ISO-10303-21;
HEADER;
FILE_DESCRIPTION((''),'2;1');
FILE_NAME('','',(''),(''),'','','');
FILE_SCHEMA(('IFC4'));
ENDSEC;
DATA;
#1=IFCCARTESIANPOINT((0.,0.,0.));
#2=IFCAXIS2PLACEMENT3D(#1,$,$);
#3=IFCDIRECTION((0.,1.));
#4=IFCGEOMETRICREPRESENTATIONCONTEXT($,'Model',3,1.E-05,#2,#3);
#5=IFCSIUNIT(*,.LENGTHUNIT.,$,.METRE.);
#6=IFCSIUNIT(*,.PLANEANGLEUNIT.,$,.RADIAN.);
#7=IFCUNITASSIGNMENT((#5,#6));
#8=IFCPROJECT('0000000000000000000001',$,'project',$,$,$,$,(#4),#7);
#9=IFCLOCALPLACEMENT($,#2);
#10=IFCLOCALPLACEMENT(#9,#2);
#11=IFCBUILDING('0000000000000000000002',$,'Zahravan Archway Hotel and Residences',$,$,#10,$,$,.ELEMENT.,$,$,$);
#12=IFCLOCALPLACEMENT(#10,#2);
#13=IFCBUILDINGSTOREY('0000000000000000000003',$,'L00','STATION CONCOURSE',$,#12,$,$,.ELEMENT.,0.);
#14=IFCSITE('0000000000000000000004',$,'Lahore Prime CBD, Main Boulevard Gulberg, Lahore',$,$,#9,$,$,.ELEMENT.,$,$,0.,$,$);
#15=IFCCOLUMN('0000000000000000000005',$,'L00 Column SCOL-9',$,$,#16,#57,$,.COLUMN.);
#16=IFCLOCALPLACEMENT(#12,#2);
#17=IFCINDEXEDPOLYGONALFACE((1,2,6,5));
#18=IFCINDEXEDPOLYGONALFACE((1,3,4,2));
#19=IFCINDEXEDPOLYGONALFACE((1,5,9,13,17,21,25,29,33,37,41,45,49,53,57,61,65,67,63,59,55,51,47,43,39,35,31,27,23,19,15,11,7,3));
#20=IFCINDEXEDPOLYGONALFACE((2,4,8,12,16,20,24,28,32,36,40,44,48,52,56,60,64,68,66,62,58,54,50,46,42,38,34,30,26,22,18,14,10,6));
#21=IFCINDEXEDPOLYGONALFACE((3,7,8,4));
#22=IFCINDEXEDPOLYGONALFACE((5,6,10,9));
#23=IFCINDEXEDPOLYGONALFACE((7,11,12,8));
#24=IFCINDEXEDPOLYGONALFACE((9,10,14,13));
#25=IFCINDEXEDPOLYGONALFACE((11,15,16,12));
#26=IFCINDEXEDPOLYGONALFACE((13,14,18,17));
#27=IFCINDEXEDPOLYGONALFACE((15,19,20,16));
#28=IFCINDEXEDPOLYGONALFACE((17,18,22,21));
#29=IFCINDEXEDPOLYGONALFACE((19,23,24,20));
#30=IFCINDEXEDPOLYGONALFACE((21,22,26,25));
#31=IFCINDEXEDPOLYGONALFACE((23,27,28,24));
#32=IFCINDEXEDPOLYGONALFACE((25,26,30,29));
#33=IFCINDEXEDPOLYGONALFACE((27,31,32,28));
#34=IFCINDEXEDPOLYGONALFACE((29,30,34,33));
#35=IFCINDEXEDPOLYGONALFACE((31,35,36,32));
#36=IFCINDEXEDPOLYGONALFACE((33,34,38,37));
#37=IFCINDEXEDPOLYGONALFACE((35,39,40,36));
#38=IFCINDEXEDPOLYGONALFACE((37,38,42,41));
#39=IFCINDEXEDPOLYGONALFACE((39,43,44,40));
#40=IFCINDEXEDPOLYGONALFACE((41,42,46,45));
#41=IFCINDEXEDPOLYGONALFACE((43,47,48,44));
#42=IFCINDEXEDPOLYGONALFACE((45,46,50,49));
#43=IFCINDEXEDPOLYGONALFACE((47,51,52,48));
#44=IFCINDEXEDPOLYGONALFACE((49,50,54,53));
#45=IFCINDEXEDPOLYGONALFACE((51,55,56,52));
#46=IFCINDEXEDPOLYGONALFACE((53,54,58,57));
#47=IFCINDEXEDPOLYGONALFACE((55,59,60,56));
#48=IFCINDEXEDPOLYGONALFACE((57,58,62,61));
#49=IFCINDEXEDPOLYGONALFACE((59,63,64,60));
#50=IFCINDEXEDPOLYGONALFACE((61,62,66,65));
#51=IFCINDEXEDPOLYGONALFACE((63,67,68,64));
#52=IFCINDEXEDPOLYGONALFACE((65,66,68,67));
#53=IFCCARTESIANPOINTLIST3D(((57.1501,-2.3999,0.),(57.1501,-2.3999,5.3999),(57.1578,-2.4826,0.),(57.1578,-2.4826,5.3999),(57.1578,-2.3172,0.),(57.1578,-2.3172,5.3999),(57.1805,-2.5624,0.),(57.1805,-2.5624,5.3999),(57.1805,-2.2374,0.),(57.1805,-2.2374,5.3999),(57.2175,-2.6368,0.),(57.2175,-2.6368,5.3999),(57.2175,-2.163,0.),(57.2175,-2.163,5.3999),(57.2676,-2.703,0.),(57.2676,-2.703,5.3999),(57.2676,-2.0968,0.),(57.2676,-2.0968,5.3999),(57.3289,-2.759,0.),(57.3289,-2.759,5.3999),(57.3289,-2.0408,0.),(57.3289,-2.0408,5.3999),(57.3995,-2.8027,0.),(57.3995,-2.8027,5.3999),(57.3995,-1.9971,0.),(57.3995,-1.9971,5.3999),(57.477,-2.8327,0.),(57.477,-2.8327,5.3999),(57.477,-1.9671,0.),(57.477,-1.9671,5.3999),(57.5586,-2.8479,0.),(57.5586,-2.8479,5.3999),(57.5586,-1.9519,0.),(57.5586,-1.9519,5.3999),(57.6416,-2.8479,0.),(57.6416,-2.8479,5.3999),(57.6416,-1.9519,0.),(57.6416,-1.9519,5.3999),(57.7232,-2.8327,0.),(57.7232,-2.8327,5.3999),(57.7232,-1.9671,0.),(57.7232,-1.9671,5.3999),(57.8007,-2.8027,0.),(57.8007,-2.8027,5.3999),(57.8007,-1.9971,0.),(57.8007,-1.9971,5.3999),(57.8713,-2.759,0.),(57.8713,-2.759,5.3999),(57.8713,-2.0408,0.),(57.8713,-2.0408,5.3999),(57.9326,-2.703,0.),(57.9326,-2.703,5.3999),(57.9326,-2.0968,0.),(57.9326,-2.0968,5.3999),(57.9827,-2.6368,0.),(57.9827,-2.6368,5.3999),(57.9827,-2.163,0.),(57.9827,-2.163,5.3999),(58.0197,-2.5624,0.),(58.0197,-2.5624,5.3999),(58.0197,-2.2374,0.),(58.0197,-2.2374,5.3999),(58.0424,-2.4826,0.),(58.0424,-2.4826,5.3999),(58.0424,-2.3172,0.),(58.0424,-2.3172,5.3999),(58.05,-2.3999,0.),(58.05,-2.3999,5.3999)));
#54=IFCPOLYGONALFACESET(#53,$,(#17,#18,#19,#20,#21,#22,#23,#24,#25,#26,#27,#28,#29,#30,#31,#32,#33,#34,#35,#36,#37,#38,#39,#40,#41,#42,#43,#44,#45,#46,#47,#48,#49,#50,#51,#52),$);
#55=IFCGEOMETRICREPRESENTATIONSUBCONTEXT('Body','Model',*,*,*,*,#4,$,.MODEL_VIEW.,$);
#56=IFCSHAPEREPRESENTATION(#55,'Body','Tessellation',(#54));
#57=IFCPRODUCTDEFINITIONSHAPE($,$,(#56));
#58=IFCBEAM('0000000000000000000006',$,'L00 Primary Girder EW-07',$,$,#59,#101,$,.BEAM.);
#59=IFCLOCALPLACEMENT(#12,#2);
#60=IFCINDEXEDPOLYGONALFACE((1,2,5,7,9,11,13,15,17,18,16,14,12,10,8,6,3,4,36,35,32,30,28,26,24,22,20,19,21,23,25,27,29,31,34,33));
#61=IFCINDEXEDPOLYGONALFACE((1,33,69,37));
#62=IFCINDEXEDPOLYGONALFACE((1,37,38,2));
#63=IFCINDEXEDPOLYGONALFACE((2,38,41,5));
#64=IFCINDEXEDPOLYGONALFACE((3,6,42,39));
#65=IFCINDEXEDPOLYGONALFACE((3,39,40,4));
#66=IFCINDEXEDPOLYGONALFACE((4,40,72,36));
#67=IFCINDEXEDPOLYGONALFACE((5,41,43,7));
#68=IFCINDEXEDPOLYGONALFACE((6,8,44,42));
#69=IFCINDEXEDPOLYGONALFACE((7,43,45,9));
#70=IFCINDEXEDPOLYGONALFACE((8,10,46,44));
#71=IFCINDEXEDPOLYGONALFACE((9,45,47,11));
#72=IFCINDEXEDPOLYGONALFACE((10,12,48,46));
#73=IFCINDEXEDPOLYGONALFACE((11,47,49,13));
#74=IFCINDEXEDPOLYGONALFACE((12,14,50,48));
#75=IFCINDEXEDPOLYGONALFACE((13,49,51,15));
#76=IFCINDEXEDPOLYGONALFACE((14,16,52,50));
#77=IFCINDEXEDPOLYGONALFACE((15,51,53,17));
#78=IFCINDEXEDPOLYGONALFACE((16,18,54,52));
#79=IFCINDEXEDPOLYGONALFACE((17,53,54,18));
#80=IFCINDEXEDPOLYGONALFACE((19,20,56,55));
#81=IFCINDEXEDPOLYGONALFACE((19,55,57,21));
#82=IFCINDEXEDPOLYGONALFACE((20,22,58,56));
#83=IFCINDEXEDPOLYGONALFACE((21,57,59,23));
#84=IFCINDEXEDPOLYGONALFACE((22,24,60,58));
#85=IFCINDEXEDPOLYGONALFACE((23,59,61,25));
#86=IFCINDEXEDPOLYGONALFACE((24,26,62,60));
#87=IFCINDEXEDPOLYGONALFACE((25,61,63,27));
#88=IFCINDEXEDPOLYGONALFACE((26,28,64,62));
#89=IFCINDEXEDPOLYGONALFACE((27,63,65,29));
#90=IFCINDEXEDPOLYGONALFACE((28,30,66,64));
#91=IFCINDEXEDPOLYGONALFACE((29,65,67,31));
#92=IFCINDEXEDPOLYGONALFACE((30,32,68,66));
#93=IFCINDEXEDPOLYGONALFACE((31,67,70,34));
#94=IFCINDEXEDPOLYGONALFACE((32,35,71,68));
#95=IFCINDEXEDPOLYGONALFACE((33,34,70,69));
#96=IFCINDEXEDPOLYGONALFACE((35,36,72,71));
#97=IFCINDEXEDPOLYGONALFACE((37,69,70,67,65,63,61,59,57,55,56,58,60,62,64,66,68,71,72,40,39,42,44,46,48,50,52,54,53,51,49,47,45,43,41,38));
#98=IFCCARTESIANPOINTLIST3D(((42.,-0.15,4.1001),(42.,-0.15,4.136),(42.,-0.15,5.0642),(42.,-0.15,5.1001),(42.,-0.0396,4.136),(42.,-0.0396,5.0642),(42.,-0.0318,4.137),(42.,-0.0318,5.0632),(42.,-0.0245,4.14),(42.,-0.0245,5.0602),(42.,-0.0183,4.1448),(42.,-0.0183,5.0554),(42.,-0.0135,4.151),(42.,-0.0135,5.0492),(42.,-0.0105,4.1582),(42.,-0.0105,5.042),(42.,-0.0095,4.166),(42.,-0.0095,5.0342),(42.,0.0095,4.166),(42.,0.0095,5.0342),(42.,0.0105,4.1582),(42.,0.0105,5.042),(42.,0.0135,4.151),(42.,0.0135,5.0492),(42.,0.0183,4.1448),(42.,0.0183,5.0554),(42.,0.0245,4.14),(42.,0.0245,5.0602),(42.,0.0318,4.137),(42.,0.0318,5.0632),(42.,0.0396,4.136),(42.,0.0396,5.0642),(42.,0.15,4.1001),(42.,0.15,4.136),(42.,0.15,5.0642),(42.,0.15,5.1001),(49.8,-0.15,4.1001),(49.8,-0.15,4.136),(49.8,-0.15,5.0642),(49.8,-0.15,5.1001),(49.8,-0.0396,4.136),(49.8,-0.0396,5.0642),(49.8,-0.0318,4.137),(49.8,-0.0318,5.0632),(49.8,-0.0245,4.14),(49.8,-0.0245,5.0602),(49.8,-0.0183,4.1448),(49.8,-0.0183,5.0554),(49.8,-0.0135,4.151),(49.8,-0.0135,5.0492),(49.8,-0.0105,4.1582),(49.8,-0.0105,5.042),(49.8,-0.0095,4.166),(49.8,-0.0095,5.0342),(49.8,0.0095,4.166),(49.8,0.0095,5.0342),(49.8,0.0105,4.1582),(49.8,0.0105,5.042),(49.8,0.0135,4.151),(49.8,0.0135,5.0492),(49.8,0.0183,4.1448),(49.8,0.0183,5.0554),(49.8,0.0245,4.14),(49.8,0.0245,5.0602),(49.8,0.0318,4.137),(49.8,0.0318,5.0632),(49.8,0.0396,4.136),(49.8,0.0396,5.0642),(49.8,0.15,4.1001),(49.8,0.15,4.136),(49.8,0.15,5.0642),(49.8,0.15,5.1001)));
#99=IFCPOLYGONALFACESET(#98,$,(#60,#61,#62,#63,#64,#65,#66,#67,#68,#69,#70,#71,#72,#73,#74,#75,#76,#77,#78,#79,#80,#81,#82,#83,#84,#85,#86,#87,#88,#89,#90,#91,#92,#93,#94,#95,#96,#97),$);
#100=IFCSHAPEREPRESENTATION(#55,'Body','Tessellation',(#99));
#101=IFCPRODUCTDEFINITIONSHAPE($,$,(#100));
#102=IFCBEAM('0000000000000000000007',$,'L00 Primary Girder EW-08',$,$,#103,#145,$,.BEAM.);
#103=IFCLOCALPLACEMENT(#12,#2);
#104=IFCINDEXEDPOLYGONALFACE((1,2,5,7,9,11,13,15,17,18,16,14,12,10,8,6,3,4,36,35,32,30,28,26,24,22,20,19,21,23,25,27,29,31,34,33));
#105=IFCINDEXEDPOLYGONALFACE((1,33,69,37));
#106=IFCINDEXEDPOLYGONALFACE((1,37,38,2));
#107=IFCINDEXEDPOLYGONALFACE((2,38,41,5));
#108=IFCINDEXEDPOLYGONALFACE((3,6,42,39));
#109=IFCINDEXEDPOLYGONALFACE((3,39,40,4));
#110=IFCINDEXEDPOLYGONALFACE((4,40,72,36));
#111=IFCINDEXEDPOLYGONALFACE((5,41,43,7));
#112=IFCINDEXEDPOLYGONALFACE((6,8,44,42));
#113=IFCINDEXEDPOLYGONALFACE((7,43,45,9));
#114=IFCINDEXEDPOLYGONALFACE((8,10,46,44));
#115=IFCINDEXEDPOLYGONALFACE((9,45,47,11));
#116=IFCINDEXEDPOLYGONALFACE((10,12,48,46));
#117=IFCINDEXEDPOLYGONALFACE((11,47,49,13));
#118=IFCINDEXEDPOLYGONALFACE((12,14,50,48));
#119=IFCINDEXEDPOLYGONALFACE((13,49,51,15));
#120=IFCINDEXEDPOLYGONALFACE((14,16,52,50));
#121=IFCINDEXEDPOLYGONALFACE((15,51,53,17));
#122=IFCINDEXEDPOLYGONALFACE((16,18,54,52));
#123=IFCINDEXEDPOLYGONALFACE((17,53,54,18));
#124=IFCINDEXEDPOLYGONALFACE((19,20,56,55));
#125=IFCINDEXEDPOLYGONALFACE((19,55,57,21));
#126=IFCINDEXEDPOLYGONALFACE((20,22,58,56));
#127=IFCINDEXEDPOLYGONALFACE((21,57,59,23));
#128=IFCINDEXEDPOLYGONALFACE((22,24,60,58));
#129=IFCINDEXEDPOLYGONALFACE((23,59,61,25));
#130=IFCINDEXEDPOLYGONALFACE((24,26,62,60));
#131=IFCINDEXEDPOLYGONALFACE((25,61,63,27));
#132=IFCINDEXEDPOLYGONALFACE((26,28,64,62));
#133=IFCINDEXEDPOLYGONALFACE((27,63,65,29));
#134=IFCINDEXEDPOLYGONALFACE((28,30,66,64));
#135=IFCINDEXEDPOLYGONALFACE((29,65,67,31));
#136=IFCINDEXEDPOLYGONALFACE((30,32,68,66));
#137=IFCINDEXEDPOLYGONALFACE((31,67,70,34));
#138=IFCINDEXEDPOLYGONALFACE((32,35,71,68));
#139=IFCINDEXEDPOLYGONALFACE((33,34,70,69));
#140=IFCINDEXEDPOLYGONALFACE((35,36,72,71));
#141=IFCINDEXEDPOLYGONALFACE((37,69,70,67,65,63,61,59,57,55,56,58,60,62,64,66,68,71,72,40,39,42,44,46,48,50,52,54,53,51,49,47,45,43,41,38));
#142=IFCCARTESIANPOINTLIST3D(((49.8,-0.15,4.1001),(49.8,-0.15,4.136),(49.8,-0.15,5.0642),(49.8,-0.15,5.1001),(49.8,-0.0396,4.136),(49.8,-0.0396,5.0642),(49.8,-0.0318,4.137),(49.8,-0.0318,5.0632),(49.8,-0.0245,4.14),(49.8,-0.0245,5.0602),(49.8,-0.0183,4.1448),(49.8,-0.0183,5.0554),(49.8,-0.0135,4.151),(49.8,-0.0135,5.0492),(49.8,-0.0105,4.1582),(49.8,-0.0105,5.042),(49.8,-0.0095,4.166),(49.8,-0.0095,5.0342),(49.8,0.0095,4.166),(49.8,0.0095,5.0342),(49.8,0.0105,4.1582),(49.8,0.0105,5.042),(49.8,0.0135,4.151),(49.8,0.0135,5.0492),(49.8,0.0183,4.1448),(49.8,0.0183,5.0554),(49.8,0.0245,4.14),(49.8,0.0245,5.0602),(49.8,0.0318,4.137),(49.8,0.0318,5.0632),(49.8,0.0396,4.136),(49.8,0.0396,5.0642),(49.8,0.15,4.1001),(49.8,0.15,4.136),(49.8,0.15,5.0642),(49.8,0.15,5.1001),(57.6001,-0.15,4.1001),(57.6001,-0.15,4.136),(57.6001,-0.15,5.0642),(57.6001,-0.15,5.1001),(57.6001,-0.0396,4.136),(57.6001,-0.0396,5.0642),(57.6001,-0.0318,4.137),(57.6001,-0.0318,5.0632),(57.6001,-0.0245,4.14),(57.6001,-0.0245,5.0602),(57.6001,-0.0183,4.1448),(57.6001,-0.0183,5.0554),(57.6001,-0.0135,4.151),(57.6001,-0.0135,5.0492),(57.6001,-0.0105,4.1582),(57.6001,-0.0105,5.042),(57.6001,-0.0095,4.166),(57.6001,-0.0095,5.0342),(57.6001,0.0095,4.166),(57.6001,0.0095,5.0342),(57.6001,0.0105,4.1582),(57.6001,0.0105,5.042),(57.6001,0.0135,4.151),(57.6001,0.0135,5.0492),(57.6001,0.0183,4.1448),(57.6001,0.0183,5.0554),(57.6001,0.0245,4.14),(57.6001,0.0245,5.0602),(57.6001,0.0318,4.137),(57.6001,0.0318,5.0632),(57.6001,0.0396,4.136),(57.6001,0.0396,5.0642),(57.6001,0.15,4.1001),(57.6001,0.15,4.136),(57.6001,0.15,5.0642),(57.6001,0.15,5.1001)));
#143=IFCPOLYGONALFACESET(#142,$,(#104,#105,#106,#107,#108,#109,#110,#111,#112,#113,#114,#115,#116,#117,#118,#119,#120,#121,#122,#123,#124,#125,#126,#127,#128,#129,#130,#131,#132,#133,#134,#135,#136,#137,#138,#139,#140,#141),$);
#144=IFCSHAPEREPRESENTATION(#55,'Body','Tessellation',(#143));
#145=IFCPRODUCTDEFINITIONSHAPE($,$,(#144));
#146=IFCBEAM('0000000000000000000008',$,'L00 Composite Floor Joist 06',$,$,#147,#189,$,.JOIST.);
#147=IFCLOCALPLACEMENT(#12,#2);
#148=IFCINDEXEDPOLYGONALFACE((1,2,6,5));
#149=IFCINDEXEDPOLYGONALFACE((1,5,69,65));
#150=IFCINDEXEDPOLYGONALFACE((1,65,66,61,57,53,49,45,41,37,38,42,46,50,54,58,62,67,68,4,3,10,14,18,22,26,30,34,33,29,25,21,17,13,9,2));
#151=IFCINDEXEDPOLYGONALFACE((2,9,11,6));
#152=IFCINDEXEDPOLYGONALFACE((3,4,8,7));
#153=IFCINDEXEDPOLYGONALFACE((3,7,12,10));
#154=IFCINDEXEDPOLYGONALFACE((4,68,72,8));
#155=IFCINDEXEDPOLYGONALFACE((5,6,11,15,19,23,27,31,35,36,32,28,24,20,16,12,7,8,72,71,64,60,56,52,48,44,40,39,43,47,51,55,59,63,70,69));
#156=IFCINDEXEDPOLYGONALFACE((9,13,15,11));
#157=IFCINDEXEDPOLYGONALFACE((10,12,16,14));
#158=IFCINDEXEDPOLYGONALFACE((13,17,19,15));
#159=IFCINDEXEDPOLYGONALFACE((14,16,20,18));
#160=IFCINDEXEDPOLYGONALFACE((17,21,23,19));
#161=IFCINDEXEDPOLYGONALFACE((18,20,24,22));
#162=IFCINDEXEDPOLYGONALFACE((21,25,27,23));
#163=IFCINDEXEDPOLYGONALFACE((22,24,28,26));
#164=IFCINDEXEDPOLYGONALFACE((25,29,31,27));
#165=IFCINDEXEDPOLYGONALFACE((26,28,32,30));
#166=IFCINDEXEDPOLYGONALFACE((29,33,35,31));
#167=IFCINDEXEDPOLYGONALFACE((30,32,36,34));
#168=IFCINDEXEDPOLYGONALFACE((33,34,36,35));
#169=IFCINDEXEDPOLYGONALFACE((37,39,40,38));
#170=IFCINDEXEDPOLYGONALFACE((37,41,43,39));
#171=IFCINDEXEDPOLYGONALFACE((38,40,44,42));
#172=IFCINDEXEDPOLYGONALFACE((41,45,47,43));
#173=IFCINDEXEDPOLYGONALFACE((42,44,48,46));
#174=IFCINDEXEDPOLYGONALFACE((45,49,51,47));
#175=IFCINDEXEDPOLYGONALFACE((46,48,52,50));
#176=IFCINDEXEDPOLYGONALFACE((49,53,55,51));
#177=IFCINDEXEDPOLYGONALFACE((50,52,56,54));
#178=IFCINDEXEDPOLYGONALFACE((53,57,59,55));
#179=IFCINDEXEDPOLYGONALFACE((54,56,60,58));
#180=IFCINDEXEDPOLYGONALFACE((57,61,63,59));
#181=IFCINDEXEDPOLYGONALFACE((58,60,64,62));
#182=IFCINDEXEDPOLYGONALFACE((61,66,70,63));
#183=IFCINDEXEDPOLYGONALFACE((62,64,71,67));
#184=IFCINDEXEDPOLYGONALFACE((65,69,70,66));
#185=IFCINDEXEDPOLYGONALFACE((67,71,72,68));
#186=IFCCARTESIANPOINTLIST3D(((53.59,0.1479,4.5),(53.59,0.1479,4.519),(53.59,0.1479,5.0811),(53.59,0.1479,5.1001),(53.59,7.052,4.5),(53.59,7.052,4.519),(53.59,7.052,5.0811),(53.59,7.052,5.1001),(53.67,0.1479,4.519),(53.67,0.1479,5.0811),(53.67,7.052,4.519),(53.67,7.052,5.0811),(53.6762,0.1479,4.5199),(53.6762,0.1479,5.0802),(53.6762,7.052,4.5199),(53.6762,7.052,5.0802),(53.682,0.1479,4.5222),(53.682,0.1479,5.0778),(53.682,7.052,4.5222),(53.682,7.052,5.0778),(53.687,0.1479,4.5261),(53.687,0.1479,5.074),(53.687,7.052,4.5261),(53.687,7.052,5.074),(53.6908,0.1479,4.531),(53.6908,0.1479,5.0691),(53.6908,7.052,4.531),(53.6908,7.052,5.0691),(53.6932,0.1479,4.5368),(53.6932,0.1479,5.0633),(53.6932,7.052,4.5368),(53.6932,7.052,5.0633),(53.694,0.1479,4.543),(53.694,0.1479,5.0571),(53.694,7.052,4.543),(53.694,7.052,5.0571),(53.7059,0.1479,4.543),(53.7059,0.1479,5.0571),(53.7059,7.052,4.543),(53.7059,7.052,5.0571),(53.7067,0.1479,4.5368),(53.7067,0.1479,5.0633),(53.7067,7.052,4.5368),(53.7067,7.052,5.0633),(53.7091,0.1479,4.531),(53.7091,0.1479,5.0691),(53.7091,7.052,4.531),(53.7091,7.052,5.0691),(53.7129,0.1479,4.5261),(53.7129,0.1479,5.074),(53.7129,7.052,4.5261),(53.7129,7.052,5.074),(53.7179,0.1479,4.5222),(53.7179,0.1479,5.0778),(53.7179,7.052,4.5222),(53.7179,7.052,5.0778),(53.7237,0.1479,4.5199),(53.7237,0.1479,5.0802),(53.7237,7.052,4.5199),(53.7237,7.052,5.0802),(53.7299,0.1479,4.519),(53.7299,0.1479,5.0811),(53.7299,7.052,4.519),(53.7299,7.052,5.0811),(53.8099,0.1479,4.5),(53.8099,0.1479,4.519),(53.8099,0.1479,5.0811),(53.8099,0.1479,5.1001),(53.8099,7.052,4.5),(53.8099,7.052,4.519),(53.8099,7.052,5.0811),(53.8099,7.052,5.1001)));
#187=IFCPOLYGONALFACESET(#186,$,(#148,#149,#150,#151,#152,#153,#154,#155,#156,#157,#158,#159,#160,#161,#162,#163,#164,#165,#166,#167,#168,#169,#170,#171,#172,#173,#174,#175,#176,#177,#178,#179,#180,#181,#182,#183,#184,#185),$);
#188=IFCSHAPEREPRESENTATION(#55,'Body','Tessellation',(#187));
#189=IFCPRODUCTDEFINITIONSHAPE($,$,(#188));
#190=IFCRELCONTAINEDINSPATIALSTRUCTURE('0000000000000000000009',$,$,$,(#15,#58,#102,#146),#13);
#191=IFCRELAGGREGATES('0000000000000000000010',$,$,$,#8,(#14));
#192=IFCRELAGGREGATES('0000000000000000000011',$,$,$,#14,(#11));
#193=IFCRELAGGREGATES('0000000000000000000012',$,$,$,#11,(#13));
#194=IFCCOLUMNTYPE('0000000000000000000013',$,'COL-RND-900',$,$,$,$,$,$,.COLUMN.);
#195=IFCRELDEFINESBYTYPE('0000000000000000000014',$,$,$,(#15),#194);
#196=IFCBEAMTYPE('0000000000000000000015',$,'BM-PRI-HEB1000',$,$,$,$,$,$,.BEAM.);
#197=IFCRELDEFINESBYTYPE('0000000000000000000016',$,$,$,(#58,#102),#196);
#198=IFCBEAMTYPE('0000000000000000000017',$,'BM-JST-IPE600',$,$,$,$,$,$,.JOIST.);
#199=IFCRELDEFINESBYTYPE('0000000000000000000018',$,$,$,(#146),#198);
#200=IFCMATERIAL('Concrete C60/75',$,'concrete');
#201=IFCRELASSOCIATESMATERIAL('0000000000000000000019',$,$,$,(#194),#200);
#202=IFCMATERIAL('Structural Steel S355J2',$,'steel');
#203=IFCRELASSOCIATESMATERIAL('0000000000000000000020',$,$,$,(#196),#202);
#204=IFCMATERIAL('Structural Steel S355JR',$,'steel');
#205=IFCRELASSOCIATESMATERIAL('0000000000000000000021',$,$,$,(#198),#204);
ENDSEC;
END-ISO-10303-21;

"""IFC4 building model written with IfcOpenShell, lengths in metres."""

from ifc_helpers import new_model, si_unit, direction, frame, origin, origin_2d, place, context, subcontext, project, spatial, circle, i_section, extrude, source, transform, mapped, material, material_profile, profile_set, type_object, type_shapes, element, save


model = new_model("IFC4")

# Units and contexts
model_context = context("Model", 3, precision=1e-05, world=origin(), true_north=direction((0.0, 1.0)))
body_context = subcontext(model_context, "Body", "Model", "MODEL_VIEW")
ifc_project = project(units=[si_unit("LENGTHUNIT", "METRE"), si_unit("PLANEANGLEUNIT", "RADIAN")], contexts=[model_context])

# Site, building, storey
site_placement = place(None, origin())
site = spatial("IfcSite", under=ifc_project, at=site_placement, Name="Lahore Prime CBD, Main Boulevard Gulberg, Lahore", CompositionType="ELEMENT", RefElevation=0.0)
building_placement = place(site_placement, origin())
building = spatial("IfcBuilding", under=site, at=building_placement, Name="Zahravan Archway Hotel and Residences", CompositionType="ELEMENT")
storey_placement = place(building_placement, origin())
storey = spatial("IfcBuildingStorey", under=building, at=storey_placement, Name="L00", Description="STATION CONCOURSE", CompositionType="ELEMENT", Elevation=0.0)

# Column
ifc_material_1 = material(Name="Concrete C60/75", Category="concrete")
ifc_material_profile_1 = material_profile(ifc_material_1, circle(Radius=0.45, at=origin_2d()), Name="RC-CIRC-900", Category="concrete")
ifc_profile_set_1 = profile_set([ifc_material_profile_1], Name="Concrete C60/75")
column_type_1 = type_object("IfcColumnType", Name="COL-RND-900", PredefinedType="COLUMN", material=ifc_profile_set_1)
shared_shape_1 = source(origin(), body_context, "Body", "SweptSolid", [
    extrude(circle(Radius=0.45, at=origin_2d()), origin(), (0.0, 0.0, 1.0), 5.3999),
])
type_shapes(column_type_1, [shared_shape_1])
for number, where, z_axis, x_axis, name in (
    (1, (57.6001, -2.3999, 0.0), (0.0, 0.0, 1.0), (1.0, 0.0, 0.0), "L00 Column SCOL-9"),
):
    element("IfcColumn", number, at=place(storey_placement, frame(where, z_axis=z_axis, x_axis=x_axis)), inside=storey, type_object=column_type_1, Name=name, PredefinedType="COLUMN", context=body_context, shape_type="MappedRepresentation", body=[
        mapped(shared_shape_1, transform((0.0, 0.0, 0.0), scale=1.0)),
    ])

# Beams
ifc_material_2 = material(Name="Structural Steel S355J2", Category="steel")
ifc_material_profile_2 = material_profile(ifc_material_2, i_section(OverallWidth=0.3, OverallDepth=1.0, WebThickness=0.019, FlangeThickness=0.0359, FilletRadius=0.03, at=origin_2d()), Name="HEB 1000", Category="steel")
ifc_profile_set_2 = profile_set([ifc_material_profile_2], Name="Structural Steel S355J2")
beam_type_1 = type_object("IfcBeamType", Name="BM-PRI-HEB1000", PredefinedType="BEAM", material=ifc_profile_set_2)
shared_shape_2 = source(origin(), body_context, "Body", "SweptSolid", [
    extrude(i_section(OverallWidth=0.3, OverallDepth=1.0, WebThickness=0.019, FlangeThickness=0.0359, FilletRadius=0.03, at=origin_2d()), origin(), (0.0, 0.0, 1.0), 7.8),
])
for number, where, z_axis, x_axis, name in (
    (2, (42.0, 0.0, 4.6001), (1.0, 0.0, 0.0), (0.0, 1.0, 0.0), "L00 Primary Girder EW-07"),
    (3, (49.8, 0.0, 4.6001), (1.0, 0.0, 0.0), (0.0, 1.0, 0.0), "L00 Primary Girder EW-08"),
):
    element("IfcBeam", number, at=place(storey_placement, frame(where, z_axis=z_axis, x_axis=x_axis)), inside=storey, type_object=beam_type_1, Name=name, PredefinedType="BEAM", context=body_context, shape_type="MappedRepresentation", body=[
        mapped(shared_shape_2, transform((0.0, 0.0, 0.0), scale=1.0)),
    ])
ifc_material_3 = material(Name="Structural Steel S355JR", Category="steel")
ifc_material_profile_3 = material_profile(ifc_material_3, i_section(OverallWidth=0.22, OverallDepth=0.6001, WebThickness=0.012, FlangeThickness=0.019, FilletRadius=0.0239, at=origin_2d()), Name="IPE 600", Category="steel")
ifc_profile_set_3 = profile_set([ifc_material_profile_3], Name="Structural Steel S355JR")
beam_type_2 = type_object("IfcBeamType", Name="BM-JST-IPE600", PredefinedType="JOIST", material=ifc_profile_set_3)
shared_shape_3 = source(origin(), body_context, "Body", "SweptSolid", [
    extrude(i_section(OverallWidth=0.22, OverallDepth=0.6001, WebThickness=0.012, FlangeThickness=0.019, FilletRadius=0.0239, at=origin_2d()), origin(), (0.0, 0.0, 1.0), 6.9041),
])
type_shapes(beam_type_2, [shared_shape_3])
beam_placement = place(storey_placement, frame((53.7, 0.1479, 4.8), z_axis=(0.0, 1.0, 0.0), x_axis=(-1.0, 0.0, 0.0)))
element("IfcBeam", 4, at=beam_placement, inside=storey, type_object=beam_type_2, Name="L00 Composite Floor Joist 06", PredefinedType="JOIST", context=body_context, shape_type="MappedRepresentation", body=[
    mapped(shared_shape_3, transform((0.0, 0.0, 0.0), scale=1.0)),
])

save(model, "model.ifc")
